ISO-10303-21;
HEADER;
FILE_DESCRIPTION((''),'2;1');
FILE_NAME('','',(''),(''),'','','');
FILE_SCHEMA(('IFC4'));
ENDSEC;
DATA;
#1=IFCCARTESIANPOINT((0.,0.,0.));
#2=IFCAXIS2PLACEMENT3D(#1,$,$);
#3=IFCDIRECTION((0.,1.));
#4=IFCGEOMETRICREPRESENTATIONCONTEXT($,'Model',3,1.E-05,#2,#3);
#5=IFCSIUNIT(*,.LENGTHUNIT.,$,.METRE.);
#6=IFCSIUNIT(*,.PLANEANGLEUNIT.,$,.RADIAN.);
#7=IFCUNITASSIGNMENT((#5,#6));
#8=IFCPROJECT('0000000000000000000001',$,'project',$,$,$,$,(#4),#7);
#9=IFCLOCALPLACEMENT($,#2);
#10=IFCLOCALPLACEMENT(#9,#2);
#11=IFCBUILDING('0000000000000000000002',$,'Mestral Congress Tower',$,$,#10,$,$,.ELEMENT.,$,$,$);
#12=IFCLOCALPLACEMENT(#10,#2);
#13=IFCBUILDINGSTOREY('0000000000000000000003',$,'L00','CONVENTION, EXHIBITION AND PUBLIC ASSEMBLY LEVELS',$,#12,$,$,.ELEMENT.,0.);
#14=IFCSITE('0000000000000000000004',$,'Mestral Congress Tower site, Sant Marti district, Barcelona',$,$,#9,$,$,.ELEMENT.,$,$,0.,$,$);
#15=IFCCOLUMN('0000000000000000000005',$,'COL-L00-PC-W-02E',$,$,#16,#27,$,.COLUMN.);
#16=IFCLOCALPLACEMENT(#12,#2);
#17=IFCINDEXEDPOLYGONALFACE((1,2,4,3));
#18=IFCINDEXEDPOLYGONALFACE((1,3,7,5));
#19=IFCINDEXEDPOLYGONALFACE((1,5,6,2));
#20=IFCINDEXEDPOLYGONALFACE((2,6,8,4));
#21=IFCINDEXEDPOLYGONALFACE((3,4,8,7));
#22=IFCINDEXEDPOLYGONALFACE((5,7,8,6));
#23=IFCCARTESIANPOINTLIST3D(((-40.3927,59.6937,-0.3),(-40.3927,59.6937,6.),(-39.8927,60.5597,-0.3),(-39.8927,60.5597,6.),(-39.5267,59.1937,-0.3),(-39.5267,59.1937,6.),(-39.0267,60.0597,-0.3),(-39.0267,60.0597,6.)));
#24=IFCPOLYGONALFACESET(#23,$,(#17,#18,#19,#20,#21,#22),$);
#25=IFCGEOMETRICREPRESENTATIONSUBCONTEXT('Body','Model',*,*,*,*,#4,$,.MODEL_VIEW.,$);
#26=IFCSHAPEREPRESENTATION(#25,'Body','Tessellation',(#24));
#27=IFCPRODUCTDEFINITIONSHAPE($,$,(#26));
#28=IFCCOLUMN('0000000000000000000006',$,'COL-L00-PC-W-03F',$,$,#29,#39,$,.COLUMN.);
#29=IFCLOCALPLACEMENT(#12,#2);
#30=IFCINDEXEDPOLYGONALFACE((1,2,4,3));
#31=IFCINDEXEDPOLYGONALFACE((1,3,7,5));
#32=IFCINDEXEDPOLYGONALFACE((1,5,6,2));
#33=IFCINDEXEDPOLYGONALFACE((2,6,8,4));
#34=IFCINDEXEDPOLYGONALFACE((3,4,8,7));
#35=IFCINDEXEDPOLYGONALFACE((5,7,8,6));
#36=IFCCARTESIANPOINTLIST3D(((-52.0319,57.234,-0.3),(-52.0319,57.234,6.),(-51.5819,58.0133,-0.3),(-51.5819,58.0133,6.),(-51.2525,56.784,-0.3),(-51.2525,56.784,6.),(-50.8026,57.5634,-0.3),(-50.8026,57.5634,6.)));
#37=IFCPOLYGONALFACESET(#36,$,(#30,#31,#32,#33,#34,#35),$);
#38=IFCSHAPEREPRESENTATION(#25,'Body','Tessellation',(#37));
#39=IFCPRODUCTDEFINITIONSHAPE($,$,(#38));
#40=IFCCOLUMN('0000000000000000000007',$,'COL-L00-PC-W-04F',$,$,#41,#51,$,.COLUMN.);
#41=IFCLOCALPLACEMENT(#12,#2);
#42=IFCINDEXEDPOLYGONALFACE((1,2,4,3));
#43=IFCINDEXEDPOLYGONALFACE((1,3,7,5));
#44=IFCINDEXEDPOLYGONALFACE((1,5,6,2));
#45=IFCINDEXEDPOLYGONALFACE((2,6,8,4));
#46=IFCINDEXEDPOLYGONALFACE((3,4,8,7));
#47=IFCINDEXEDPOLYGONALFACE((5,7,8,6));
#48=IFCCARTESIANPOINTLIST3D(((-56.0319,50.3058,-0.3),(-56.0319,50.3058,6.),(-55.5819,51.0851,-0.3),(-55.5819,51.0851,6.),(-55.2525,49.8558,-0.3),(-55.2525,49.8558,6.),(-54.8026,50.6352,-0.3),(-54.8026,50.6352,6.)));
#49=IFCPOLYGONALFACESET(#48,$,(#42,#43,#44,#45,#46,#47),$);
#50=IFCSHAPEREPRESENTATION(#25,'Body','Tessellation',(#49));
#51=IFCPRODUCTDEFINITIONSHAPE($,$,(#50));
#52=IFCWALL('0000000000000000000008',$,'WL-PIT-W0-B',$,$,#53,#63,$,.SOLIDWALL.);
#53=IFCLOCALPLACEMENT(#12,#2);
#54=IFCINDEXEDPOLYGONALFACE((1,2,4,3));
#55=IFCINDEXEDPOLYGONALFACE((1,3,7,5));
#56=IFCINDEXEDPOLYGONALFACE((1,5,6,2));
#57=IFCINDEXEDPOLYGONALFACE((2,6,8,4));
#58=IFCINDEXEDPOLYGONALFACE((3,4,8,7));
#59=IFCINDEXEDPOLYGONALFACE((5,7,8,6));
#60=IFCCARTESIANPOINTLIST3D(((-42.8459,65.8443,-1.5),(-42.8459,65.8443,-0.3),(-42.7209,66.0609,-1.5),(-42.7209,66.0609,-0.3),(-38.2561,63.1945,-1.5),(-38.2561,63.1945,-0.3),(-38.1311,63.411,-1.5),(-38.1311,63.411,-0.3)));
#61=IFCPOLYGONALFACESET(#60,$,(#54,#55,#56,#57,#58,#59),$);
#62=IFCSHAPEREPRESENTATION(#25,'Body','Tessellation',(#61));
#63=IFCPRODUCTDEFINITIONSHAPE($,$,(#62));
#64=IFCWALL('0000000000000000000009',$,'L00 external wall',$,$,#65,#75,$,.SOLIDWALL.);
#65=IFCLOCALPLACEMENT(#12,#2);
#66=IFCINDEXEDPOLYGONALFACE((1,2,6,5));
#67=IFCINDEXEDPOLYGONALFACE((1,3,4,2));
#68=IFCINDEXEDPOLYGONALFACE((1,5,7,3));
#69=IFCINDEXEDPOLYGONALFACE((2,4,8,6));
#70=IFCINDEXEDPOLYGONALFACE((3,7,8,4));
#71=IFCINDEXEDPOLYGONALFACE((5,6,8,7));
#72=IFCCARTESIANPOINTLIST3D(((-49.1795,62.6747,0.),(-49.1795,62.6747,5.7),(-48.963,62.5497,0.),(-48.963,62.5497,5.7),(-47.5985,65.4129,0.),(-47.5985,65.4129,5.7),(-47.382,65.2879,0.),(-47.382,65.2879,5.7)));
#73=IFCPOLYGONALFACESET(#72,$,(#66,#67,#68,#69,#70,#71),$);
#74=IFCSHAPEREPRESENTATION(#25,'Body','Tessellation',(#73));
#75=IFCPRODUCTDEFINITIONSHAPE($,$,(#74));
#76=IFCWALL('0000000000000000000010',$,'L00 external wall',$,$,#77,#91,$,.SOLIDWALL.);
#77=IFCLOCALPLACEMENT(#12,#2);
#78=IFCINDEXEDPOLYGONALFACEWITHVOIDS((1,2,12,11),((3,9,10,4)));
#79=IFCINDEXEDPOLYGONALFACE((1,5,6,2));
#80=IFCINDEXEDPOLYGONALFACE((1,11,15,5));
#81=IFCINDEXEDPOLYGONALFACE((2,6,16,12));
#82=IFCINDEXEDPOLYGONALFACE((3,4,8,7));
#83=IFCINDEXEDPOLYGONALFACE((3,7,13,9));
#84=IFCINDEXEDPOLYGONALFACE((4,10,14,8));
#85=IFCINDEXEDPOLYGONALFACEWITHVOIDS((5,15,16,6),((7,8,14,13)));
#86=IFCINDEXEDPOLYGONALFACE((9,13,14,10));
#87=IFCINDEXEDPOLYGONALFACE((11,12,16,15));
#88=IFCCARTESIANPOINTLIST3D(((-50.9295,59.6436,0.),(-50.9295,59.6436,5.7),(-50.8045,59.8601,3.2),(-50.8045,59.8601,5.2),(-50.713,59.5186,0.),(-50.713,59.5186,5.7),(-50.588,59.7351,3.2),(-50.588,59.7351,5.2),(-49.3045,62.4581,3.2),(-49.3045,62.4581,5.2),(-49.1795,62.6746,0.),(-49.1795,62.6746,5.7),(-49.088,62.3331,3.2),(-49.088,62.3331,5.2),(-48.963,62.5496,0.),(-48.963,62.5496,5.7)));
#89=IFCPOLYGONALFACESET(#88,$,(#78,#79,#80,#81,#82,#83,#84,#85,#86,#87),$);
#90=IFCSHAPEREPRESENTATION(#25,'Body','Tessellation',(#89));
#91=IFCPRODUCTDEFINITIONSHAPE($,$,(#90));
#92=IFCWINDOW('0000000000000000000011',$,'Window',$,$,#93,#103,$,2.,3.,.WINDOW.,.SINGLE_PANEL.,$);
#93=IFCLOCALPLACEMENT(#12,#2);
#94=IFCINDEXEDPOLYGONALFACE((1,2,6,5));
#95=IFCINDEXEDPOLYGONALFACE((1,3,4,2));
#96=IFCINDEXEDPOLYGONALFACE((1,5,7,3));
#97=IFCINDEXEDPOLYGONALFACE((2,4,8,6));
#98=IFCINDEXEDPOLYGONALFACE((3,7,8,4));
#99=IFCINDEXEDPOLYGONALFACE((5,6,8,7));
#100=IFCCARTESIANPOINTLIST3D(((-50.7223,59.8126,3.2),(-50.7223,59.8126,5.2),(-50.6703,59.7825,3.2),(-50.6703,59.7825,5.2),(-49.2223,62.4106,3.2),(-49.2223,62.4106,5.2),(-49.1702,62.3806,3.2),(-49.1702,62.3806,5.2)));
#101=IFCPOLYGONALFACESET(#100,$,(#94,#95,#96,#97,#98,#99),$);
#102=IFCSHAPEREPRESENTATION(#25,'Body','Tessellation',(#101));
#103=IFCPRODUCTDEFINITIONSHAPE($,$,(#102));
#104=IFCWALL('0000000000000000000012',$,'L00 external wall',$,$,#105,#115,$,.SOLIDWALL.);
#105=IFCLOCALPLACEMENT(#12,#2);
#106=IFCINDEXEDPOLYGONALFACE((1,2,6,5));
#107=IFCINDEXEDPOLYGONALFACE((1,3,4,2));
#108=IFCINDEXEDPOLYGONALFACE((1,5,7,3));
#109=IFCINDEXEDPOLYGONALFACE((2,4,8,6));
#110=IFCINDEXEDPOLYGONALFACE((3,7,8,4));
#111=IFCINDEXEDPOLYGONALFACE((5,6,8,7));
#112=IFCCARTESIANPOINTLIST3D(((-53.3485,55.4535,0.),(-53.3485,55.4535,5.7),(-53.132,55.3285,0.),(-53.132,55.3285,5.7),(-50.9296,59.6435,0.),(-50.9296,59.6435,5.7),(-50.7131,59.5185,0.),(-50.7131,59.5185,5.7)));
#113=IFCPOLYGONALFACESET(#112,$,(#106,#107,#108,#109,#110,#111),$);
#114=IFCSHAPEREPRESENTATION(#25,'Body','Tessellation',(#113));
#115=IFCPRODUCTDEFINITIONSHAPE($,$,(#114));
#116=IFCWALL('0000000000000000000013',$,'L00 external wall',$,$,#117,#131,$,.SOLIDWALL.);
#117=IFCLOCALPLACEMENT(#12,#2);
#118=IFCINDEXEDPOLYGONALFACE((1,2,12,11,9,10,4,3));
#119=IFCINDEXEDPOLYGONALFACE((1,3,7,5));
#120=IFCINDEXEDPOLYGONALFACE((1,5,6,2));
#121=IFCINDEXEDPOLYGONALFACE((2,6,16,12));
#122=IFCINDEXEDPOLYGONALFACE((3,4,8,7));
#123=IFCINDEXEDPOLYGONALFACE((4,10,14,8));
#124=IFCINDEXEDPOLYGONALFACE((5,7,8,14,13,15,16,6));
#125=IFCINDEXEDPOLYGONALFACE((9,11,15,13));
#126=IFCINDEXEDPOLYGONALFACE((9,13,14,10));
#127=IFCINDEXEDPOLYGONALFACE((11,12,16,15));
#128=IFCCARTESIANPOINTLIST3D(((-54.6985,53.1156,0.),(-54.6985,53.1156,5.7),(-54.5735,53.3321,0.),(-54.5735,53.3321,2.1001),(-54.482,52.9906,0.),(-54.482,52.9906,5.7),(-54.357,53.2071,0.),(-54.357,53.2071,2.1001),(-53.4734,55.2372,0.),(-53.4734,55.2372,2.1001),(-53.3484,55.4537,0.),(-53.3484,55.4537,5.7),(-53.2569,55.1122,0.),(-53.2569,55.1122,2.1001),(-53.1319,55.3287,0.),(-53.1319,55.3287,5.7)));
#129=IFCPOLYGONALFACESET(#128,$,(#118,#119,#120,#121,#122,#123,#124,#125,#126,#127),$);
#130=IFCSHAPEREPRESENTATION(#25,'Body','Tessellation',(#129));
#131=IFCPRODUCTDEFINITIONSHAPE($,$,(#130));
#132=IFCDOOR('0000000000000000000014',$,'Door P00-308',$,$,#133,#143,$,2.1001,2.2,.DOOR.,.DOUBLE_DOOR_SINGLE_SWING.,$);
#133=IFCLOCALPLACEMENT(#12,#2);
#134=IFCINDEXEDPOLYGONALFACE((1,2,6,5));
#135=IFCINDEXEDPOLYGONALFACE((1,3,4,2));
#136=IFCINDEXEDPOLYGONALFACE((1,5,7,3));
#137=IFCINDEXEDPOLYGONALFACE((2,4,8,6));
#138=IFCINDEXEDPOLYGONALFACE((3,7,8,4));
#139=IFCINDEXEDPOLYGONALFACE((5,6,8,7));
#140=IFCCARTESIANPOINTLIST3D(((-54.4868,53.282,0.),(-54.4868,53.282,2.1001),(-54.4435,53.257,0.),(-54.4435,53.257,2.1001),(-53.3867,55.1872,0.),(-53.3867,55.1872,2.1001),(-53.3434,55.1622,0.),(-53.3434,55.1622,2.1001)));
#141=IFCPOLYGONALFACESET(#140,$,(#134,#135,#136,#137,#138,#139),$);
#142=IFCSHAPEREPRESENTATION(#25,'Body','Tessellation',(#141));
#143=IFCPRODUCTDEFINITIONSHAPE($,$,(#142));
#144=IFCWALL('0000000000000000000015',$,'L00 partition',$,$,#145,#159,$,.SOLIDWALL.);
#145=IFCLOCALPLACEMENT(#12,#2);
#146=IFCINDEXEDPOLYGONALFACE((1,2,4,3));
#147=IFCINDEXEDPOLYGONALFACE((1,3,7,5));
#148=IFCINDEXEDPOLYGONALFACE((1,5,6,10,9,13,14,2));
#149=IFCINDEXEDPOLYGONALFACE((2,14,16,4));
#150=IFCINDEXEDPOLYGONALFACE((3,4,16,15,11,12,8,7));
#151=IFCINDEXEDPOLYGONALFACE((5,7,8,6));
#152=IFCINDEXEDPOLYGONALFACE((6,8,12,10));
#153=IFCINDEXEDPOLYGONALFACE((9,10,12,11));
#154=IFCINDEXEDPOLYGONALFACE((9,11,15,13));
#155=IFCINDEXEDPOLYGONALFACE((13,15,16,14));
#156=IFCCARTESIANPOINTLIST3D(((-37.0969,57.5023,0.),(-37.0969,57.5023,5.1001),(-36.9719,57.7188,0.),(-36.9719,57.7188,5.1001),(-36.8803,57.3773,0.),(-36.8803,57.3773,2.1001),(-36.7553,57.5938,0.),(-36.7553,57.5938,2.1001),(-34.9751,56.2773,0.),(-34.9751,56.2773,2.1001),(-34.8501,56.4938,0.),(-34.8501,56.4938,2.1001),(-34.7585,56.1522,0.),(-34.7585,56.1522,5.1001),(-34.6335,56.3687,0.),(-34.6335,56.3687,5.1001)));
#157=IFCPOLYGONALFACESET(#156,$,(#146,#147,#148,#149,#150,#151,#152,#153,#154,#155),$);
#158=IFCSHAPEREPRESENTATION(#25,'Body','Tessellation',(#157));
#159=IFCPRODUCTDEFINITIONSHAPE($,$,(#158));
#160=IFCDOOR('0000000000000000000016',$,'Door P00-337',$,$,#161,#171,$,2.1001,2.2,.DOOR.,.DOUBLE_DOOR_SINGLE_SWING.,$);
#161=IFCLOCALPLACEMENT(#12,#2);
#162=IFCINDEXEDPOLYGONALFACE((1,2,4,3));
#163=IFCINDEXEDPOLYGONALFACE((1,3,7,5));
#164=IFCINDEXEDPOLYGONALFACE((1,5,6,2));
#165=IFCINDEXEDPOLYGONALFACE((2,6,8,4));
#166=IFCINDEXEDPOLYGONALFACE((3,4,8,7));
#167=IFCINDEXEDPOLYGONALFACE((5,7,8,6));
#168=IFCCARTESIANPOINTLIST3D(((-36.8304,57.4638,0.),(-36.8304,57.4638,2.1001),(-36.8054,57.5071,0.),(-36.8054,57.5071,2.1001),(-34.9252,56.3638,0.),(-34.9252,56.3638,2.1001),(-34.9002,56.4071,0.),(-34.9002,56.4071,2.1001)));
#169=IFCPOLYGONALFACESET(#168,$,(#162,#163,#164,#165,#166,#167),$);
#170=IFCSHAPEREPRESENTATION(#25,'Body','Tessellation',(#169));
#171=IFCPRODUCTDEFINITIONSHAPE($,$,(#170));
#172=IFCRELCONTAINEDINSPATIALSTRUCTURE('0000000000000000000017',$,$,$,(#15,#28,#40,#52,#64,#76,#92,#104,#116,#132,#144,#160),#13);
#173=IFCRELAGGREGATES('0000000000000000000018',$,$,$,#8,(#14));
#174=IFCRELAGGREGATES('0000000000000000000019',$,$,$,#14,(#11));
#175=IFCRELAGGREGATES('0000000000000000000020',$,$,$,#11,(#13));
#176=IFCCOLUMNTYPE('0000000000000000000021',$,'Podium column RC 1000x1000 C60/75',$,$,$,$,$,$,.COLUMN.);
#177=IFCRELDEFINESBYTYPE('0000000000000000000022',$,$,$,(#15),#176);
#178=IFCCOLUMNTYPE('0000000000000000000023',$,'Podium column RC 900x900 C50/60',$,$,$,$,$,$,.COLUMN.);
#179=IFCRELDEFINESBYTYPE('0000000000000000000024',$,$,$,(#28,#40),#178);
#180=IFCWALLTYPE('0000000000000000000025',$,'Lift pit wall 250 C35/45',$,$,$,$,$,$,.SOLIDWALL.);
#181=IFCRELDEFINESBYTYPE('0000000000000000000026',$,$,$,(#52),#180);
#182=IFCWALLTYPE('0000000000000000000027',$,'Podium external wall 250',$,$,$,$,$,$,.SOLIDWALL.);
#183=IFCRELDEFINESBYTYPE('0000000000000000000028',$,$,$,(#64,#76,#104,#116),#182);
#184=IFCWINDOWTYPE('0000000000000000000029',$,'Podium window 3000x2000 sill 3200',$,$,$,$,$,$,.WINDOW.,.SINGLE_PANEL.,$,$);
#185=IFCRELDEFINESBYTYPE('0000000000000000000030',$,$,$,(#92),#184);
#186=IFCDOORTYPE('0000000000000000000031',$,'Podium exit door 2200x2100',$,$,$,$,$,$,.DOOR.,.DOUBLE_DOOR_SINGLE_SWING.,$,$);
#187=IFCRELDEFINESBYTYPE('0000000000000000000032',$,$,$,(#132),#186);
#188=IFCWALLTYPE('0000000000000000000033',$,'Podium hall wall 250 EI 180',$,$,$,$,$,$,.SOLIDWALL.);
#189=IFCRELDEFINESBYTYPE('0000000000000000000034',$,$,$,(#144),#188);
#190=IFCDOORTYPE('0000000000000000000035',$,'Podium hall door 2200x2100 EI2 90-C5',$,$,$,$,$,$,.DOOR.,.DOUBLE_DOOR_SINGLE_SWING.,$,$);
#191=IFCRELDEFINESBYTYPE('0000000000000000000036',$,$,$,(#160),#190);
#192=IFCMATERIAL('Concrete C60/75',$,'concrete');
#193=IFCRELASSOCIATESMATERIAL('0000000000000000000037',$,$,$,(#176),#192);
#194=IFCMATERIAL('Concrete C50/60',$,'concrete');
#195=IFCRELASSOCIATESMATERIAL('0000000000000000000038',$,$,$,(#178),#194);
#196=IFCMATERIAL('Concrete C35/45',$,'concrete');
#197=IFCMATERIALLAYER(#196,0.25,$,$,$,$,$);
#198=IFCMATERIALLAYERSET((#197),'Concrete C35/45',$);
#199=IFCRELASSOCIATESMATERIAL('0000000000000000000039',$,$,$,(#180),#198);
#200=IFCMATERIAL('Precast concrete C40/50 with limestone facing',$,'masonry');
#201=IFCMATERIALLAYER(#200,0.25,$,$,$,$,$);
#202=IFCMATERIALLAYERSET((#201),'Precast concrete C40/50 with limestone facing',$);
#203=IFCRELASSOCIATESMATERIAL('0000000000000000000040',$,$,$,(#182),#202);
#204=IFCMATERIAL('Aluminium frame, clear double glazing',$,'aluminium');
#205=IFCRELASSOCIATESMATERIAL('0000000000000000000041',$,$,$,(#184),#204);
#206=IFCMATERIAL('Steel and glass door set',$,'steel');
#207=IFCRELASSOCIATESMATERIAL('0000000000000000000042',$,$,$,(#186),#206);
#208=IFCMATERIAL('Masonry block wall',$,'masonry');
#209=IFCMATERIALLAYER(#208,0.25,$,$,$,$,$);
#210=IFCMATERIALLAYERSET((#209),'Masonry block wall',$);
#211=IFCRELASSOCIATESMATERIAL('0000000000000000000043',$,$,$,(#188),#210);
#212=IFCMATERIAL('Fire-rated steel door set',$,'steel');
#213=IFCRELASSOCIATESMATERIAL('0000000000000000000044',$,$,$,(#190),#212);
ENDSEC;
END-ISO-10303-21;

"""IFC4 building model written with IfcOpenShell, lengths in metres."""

from ifc_helpers import new_model, si_unit, direction, frame, frame_2d, origin, origin_2d, place, context, subcontext, project, spatial, rectangle, extrude, material, layer, layer_set, material_profile, profile_set, type_object, element, fill, save


model = new_model("IFC4")

# Units and contexts
model_context = context("Model", 3, precision=1e-05, world=origin(), true_north=direction((0.0, 1.0)))
body_context = subcontext(model_context, "Body", "Model", "MODEL_VIEW")
ifc_project = project(units=[si_unit("LENGTHUNIT", "METRE"), si_unit("PLANEANGLEUNIT", "RADIAN")], contexts=[model_context])

# Site, building, storey
site_placement = place(None, origin())
site = spatial("IfcSite", under=ifc_project, at=site_placement, Name="Mestral Congress Tower site, Sant Marti district, Barcelona", CompositionType="ELEMENT", RefElevation=0.0)
building_placement = place(site_placement, origin())
building = spatial("IfcBuilding", under=site, at=building_placement, Name="Mestral Congress Tower", CompositionType="ELEMENT")
storey_placement = place(building_placement, origin())
storey = spatial("IfcBuildingStorey", under=building, at=storey_placement, Name="L00", Description="CONVENTION, EXHIBITION AND PUBLIC ASSEMBLY LEVELS", CompositionType="ELEMENT", Elevation=0.0)

# Shared definitions
ifc_material_1 = material(Name="Concrete C35/45", Category="concrete")

# Columns
ifc_material_2 = material(Name="Concrete C60/75", Category="concrete")
ifc_material_profile_1 = material_profile(ifc_material_2, rectangle(XDim=1.0, YDim=1.0, at=origin_2d()), Name="RC 1000x1000")
ifc_profile_set_1 = profile_set([ifc_material_profile_1], Name="Concrete C60/75")
column_type_1 = type_object("IfcColumnType", Name="Podium column RC 1000x1000 C60/75", PredefinedType="COLUMN", material=ifc_profile_set_1)
column_placement = place(storey_placement, frame((-39.7097, 59.8767, -0.3), z_axis=(0.0, 0.0, 1.0), x_axis=(-0.5, -0.866025, 0.0)))
element("IfcColumn", 1, at=column_placement, inside=storey, type_object=column_type_1, Name="COL-L00-PC-W-02E", PredefinedType="COLUMN", context=body_context, shape_type="SweptSolid", body=[
    extrude(rectangle(XDim=1.0, YDim=1.0, at=origin_2d()), origin(), (0.0, 0.0, 1.0), 6.3),
])
ifc_material_3 = material(Name="Concrete C50/60", Category="concrete")
ifc_material_profile_2 = material_profile(ifc_material_3, rectangle(XDim=0.8999, YDim=0.8999, at=origin_2d()), Name="RC 900x900")
ifc_profile_set_2 = profile_set([ifc_material_profile_2], Name="Concrete C50/60")
column_type_2 = type_object("IfcColumnType", Name="Podium column RC 900x900 C50/60", PredefinedType="COLUMN", material=ifc_profile_set_2)
for number, where, z_axis, x_axis, name in (
    (2, (-51.4172, 57.3987, -0.3), (0.0, 0.0, 1.0), (-0.5, -0.866025, 0.0), "COL-L00-PC-W-03F"),
    (3, (-55.4172, 50.4705, -0.3), (0.0, 0.0, 1.0), (-0.5, -0.866025, 0.0), "COL-L00-PC-W-04F"),
):
    element("IfcColumn", number, at=place(storey_placement, frame(where, z_axis=z_axis, x_axis=x_axis)), inside=storey, type_object=column_type_2, Name=name, PredefinedType="COLUMN", context=body_context, shape_type="SweptSolid", body=[
        extrude(rectangle(XDim=0.8999, YDim=0.8999, at=origin_2d()), origin(), (0.0, 0.0, 1.0), 6.3),
    ])

# Walls
ifc_layer_1 = layer(ifc_material_1, 0.25)
ifc_layer_set_1 = layer_set([ifc_layer_1], Name="Concrete C35/45")
wall_type_1 = type_object("IfcWallType", Name="Lift pit wall 250 C35/45", PredefinedType="SOLIDWALL", material=ifc_layer_set_1)
wall_1_placement = place(storey_placement, frame((-38.1936, 63.3027, -1.5), z_axis=(0.0, 0.0, 1.0), x_axis=(-0.866029, 0.499994, 0.0)))
element("IfcWall", 4, at=wall_1_placement, inside=storey, type_object=wall_type_1, Name="WL-PIT-W0-B", PredefinedType="SOLIDWALL", context=body_context, shape_type="SweptSolid", body=[
    extrude(rectangle(XDim=5.2998, YDim=0.25, at=frame_2d((2.6499, 0.0))), origin(), (0.0, 0.0, 1.0), 1.2),
])
ifc_material_4 = material(Name="Precast concrete C40/50 with limestone facing", Category="masonry")
ifc_layer_2 = layer(ifc_material_4, 0.25)
ifc_layer_set_2 = layer_set([ifc_layer_2], Name="Precast concrete C40/50 with limestone facing")
wall_type_2 = type_object("IfcWallType", Name="Podium external wall 250", PredefinedType="SOLIDWALL", material=ifc_layer_set_2)
wall_2_placement = place(storey_placement, frame((-49.0713, 62.6121, 0.0), z_axis=(0.0, 0.0, 1.0), x_axis=(0.500025, 0.866011, 0.0)))
element("IfcWall", 5, at=wall_2_placement, inside=storey, type_object=wall_type_2, Name="L00 external wall", PredefinedType="SOLIDWALL", context=body_context, shape_type="SweptSolid", body=[
    extrude(rectangle(XDim=3.1619, YDim=0.25, at=frame_2d((1.5811, 0.0))), origin(), (0.0, 0.0, 1.0), 5.7),
])

# Wall, opening, window
wall_3_placement = place(storey_placement, frame((-50.8213, 59.5811, 0.0), z_axis=(0.0, 0.0, 1.0), x_axis=(0.50001, 0.866019, 0.0)))
wall_3 = element("IfcWall", 6, at=wall_3_placement, inside=storey, type_object=wall_type_2, Name="L00 external wall", PredefinedType="SOLIDWALL", context=body_context, shape_type="SweptSolid", body=[
    extrude(rectangle(XDim=3.5, YDim=0.25, at=frame_2d((1.75, 0.0))), origin(), (0.0, 0.0, 1.0), 5.7),
])
opening_1_placement = place(wall_3_placement, frame((0.25, 0.0, 3.2)))
opening_1 = element("IfcOpeningElement", 7, at=opening_1_placement, cuts=wall_3, PredefinedType="OPENING", context=body_context, shape_type="SweptSolid", body=[
    extrude(rectangle(XDim=3.0, YDim=2.0, at=frame_2d((1.5, 1.0))), frame((0.0, 0.135, 0.0), z_axis=(0.0, -1.0, 0.0), x_axis=(1.0, 0.0, 0.0)), (0.0, 0.0, 1.0), 0.27),
])
ifc_material_5 = material(Name="Aluminium frame, clear double glazing", Category="aluminium")
window_type = type_object("IfcWindowType", Name="Podium window 3000x2000 sill 3200", PartitioningType="SINGLE_PANEL", PredefinedType="WINDOW", material=ifc_material_5)
window_placement = place(opening_1_placement, origin())
window = element("IfcWindow", 8, at=window_placement, inside=storey, type_object=window_type, Name="Window", OverallHeight=2.0, OverallWidth=3.0, PartitioningType="SINGLE_PANEL", PredefinedType="WINDOW", context=body_context, shape_type="SweptSolid", body=[
    extrude(rectangle(XDim=3.0, YDim=2.0, at=frame_2d((1.5, 1.0))), frame((0.0, 0.03, 0.0), z_axis=(0.0, -1.0, 0.0), x_axis=(1.0, 0.0, 0.0)), (0.0, 0.0, 1.0), 0.0601),
])
fill(opening_1, window)

# Wall
wall_4_placement = place(storey_placement, frame((-53.2402, 55.3911, 0.0), z_axis=(0.0, 0.0, 1.0), x_axis=(0.499982, 0.866036, 0.0)))
element("IfcWall", 9, at=wall_4_placement, inside=storey, type_object=wall_type_2, Name="L00 external wall", PredefinedType="SOLIDWALL", context=body_context, shape_type="SweptSolid", body=[
    extrude(rectangle(XDim=4.8381, YDim=0.25, at=frame_2d((2.4189, 0.0))), origin(), (0.0, 0.0, 1.0), 5.7),
])

# Walls, openings, doors
wall_5_placement = place(storey_placement, frame((-54.5903, 53.053, 0.0), z_axis=(0.0, 0.0, 1.0), x_axis=(0.500049, 0.865997, 0.0)))
wall_5 = element("IfcWall", 10, at=wall_5_placement, inside=storey, type_object=wall_type_2, Name="L00 external wall", PredefinedType="SOLIDWALL", context=body_context, shape_type="SweptSolid", body=[
    extrude(rectangle(XDim=2.7, YDim=0.25, at=frame_2d((1.3501, 0.0))), origin(), (0.0, 0.0, 1.0), 5.7),
])
opening_2_placement = place(wall_5_placement, frame((0.25, 0.0, 0.0)))
opening_2 = element("IfcOpeningElement", 11, at=opening_2_placement, cuts=wall_5, PredefinedType="OPENING", context=body_context, shape_type="SweptSolid", body=[
    extrude(rectangle(XDim=2.2, YDim=2.1001, at=frame_2d((1.1001, 1.05))), frame((0.0, 0.135, 0.0), z_axis=(0.0, -1.0, 0.0), x_axis=(1.0, 0.0, 0.0)), (0.0, 0.0, 1.0), 0.27),
])
ifc_material_6 = material(Name="Steel and glass door set", Category="steel")
door_type_1 = type_object("IfcDoorType", Name="Podium exit door 2200x2100", OperationType="DOUBLE_DOOR_SINGLE_SWING", PredefinedType="DOOR", material=ifc_material_6)
door_1_placement = place(opening_2_placement, origin())
door_1 = element("IfcDoor", 12, at=door_1_placement, inside=storey, type_object=door_type_1, Name="Door P00-308", OperationType="DOUBLE_DOOR_SINGLE_SWING", OverallHeight=2.1001, OverallWidth=2.2, PredefinedType="DOOR", context=body_context, shape_type="SweptSolid", body=[
    extrude(rectangle(XDim=2.2, YDim=2.1001, at=frame_2d((1.1001, 1.05))), frame((0.0, 0.0249, 0.0), z_axis=(0.0, -1.0, 0.0), x_axis=(1.0, 0.0, 0.0)), (0.0, 0.0, 1.0), 0.05),
])
fill(opening_2, door_1)
ifc_material_7 = material(Name="Masonry block wall", Category="masonry")
ifc_layer_3 = layer(ifc_material_7, 0.25)
ifc_layer_set_3 = layer_set([ifc_layer_3], Name="Masonry block wall")
wall_type_3 = type_object("IfcWallType", Name="Podium hall wall 250 EI 180", PredefinedType="SOLIDWALL", material=ifc_layer_set_3)
wall_6_placement = place(storey_placement, frame((-37.0344, 57.6106, 0.0), z_axis=(0.0, 0.0, 1.0), x_axis=(0.86602, -0.500009, 0.0)))
wall_6 = element("IfcWall", 13, at=wall_6_placement, inside=storey, type_object=wall_type_3, Name="L00 partition", PredefinedType="SOLIDWALL", context=body_context, shape_type="SweptSolid", body=[
    extrude(rectangle(XDim=2.7002, YDim=0.25, at=frame_2d((1.3501, 0.0))), origin(), (0.0, 0.0, 1.0), 5.1001),
])
opening_3_placement = place(wall_6_placement, frame((0.25, 0.0, 0.0)))
opening_3 = element("IfcOpeningElement", 14, at=opening_3_placement, cuts=wall_6, PredefinedType="OPENING", context=body_context, shape_type="SweptSolid", body=[
    extrude(rectangle(XDim=2.2, YDim=2.1001, at=frame_2d((1.1001, 1.05))), frame((0.0, 0.135, 0.0), z_axis=(0.0, -1.0, 0.0), x_axis=(1.0, 0.0, 0.0)), (0.0, 0.0, 1.0), 0.27),
])
ifc_material_8 = material(Name="Fire-rated steel door set", Category="steel")
door_type_2 = type_object("IfcDoorType", Name="Podium hall door 2200x2100 EI2 90-C5", OperationType="DOUBLE_DOOR_SINGLE_SWING", PredefinedType="DOOR", material=ifc_material_8)
door_2_placement = place(opening_3_placement, origin())
door_2 = element("IfcDoor", 15, at=door_2_placement, inside=storey, type_object=door_type_2, Name="Door P00-337", OperationType="DOUBLE_DOOR_SINGLE_SWING", OverallHeight=2.1001, OverallWidth=2.2, PredefinedType="DOOR", context=body_context, shape_type="SweptSolid", body=[
    extrude(rectangle(XDim=2.2, YDim=2.1001, at=frame_2d((1.1001, 1.05))), frame((0.0, 0.0249, 0.0), z_axis=(0.0, -1.0, 0.0), x_axis=(1.0, 0.0, 0.0)), (0.0, 0.0, 1.0), 0.05),
])
fill(opening_3, door_2)

save(model, "model.ifc")
